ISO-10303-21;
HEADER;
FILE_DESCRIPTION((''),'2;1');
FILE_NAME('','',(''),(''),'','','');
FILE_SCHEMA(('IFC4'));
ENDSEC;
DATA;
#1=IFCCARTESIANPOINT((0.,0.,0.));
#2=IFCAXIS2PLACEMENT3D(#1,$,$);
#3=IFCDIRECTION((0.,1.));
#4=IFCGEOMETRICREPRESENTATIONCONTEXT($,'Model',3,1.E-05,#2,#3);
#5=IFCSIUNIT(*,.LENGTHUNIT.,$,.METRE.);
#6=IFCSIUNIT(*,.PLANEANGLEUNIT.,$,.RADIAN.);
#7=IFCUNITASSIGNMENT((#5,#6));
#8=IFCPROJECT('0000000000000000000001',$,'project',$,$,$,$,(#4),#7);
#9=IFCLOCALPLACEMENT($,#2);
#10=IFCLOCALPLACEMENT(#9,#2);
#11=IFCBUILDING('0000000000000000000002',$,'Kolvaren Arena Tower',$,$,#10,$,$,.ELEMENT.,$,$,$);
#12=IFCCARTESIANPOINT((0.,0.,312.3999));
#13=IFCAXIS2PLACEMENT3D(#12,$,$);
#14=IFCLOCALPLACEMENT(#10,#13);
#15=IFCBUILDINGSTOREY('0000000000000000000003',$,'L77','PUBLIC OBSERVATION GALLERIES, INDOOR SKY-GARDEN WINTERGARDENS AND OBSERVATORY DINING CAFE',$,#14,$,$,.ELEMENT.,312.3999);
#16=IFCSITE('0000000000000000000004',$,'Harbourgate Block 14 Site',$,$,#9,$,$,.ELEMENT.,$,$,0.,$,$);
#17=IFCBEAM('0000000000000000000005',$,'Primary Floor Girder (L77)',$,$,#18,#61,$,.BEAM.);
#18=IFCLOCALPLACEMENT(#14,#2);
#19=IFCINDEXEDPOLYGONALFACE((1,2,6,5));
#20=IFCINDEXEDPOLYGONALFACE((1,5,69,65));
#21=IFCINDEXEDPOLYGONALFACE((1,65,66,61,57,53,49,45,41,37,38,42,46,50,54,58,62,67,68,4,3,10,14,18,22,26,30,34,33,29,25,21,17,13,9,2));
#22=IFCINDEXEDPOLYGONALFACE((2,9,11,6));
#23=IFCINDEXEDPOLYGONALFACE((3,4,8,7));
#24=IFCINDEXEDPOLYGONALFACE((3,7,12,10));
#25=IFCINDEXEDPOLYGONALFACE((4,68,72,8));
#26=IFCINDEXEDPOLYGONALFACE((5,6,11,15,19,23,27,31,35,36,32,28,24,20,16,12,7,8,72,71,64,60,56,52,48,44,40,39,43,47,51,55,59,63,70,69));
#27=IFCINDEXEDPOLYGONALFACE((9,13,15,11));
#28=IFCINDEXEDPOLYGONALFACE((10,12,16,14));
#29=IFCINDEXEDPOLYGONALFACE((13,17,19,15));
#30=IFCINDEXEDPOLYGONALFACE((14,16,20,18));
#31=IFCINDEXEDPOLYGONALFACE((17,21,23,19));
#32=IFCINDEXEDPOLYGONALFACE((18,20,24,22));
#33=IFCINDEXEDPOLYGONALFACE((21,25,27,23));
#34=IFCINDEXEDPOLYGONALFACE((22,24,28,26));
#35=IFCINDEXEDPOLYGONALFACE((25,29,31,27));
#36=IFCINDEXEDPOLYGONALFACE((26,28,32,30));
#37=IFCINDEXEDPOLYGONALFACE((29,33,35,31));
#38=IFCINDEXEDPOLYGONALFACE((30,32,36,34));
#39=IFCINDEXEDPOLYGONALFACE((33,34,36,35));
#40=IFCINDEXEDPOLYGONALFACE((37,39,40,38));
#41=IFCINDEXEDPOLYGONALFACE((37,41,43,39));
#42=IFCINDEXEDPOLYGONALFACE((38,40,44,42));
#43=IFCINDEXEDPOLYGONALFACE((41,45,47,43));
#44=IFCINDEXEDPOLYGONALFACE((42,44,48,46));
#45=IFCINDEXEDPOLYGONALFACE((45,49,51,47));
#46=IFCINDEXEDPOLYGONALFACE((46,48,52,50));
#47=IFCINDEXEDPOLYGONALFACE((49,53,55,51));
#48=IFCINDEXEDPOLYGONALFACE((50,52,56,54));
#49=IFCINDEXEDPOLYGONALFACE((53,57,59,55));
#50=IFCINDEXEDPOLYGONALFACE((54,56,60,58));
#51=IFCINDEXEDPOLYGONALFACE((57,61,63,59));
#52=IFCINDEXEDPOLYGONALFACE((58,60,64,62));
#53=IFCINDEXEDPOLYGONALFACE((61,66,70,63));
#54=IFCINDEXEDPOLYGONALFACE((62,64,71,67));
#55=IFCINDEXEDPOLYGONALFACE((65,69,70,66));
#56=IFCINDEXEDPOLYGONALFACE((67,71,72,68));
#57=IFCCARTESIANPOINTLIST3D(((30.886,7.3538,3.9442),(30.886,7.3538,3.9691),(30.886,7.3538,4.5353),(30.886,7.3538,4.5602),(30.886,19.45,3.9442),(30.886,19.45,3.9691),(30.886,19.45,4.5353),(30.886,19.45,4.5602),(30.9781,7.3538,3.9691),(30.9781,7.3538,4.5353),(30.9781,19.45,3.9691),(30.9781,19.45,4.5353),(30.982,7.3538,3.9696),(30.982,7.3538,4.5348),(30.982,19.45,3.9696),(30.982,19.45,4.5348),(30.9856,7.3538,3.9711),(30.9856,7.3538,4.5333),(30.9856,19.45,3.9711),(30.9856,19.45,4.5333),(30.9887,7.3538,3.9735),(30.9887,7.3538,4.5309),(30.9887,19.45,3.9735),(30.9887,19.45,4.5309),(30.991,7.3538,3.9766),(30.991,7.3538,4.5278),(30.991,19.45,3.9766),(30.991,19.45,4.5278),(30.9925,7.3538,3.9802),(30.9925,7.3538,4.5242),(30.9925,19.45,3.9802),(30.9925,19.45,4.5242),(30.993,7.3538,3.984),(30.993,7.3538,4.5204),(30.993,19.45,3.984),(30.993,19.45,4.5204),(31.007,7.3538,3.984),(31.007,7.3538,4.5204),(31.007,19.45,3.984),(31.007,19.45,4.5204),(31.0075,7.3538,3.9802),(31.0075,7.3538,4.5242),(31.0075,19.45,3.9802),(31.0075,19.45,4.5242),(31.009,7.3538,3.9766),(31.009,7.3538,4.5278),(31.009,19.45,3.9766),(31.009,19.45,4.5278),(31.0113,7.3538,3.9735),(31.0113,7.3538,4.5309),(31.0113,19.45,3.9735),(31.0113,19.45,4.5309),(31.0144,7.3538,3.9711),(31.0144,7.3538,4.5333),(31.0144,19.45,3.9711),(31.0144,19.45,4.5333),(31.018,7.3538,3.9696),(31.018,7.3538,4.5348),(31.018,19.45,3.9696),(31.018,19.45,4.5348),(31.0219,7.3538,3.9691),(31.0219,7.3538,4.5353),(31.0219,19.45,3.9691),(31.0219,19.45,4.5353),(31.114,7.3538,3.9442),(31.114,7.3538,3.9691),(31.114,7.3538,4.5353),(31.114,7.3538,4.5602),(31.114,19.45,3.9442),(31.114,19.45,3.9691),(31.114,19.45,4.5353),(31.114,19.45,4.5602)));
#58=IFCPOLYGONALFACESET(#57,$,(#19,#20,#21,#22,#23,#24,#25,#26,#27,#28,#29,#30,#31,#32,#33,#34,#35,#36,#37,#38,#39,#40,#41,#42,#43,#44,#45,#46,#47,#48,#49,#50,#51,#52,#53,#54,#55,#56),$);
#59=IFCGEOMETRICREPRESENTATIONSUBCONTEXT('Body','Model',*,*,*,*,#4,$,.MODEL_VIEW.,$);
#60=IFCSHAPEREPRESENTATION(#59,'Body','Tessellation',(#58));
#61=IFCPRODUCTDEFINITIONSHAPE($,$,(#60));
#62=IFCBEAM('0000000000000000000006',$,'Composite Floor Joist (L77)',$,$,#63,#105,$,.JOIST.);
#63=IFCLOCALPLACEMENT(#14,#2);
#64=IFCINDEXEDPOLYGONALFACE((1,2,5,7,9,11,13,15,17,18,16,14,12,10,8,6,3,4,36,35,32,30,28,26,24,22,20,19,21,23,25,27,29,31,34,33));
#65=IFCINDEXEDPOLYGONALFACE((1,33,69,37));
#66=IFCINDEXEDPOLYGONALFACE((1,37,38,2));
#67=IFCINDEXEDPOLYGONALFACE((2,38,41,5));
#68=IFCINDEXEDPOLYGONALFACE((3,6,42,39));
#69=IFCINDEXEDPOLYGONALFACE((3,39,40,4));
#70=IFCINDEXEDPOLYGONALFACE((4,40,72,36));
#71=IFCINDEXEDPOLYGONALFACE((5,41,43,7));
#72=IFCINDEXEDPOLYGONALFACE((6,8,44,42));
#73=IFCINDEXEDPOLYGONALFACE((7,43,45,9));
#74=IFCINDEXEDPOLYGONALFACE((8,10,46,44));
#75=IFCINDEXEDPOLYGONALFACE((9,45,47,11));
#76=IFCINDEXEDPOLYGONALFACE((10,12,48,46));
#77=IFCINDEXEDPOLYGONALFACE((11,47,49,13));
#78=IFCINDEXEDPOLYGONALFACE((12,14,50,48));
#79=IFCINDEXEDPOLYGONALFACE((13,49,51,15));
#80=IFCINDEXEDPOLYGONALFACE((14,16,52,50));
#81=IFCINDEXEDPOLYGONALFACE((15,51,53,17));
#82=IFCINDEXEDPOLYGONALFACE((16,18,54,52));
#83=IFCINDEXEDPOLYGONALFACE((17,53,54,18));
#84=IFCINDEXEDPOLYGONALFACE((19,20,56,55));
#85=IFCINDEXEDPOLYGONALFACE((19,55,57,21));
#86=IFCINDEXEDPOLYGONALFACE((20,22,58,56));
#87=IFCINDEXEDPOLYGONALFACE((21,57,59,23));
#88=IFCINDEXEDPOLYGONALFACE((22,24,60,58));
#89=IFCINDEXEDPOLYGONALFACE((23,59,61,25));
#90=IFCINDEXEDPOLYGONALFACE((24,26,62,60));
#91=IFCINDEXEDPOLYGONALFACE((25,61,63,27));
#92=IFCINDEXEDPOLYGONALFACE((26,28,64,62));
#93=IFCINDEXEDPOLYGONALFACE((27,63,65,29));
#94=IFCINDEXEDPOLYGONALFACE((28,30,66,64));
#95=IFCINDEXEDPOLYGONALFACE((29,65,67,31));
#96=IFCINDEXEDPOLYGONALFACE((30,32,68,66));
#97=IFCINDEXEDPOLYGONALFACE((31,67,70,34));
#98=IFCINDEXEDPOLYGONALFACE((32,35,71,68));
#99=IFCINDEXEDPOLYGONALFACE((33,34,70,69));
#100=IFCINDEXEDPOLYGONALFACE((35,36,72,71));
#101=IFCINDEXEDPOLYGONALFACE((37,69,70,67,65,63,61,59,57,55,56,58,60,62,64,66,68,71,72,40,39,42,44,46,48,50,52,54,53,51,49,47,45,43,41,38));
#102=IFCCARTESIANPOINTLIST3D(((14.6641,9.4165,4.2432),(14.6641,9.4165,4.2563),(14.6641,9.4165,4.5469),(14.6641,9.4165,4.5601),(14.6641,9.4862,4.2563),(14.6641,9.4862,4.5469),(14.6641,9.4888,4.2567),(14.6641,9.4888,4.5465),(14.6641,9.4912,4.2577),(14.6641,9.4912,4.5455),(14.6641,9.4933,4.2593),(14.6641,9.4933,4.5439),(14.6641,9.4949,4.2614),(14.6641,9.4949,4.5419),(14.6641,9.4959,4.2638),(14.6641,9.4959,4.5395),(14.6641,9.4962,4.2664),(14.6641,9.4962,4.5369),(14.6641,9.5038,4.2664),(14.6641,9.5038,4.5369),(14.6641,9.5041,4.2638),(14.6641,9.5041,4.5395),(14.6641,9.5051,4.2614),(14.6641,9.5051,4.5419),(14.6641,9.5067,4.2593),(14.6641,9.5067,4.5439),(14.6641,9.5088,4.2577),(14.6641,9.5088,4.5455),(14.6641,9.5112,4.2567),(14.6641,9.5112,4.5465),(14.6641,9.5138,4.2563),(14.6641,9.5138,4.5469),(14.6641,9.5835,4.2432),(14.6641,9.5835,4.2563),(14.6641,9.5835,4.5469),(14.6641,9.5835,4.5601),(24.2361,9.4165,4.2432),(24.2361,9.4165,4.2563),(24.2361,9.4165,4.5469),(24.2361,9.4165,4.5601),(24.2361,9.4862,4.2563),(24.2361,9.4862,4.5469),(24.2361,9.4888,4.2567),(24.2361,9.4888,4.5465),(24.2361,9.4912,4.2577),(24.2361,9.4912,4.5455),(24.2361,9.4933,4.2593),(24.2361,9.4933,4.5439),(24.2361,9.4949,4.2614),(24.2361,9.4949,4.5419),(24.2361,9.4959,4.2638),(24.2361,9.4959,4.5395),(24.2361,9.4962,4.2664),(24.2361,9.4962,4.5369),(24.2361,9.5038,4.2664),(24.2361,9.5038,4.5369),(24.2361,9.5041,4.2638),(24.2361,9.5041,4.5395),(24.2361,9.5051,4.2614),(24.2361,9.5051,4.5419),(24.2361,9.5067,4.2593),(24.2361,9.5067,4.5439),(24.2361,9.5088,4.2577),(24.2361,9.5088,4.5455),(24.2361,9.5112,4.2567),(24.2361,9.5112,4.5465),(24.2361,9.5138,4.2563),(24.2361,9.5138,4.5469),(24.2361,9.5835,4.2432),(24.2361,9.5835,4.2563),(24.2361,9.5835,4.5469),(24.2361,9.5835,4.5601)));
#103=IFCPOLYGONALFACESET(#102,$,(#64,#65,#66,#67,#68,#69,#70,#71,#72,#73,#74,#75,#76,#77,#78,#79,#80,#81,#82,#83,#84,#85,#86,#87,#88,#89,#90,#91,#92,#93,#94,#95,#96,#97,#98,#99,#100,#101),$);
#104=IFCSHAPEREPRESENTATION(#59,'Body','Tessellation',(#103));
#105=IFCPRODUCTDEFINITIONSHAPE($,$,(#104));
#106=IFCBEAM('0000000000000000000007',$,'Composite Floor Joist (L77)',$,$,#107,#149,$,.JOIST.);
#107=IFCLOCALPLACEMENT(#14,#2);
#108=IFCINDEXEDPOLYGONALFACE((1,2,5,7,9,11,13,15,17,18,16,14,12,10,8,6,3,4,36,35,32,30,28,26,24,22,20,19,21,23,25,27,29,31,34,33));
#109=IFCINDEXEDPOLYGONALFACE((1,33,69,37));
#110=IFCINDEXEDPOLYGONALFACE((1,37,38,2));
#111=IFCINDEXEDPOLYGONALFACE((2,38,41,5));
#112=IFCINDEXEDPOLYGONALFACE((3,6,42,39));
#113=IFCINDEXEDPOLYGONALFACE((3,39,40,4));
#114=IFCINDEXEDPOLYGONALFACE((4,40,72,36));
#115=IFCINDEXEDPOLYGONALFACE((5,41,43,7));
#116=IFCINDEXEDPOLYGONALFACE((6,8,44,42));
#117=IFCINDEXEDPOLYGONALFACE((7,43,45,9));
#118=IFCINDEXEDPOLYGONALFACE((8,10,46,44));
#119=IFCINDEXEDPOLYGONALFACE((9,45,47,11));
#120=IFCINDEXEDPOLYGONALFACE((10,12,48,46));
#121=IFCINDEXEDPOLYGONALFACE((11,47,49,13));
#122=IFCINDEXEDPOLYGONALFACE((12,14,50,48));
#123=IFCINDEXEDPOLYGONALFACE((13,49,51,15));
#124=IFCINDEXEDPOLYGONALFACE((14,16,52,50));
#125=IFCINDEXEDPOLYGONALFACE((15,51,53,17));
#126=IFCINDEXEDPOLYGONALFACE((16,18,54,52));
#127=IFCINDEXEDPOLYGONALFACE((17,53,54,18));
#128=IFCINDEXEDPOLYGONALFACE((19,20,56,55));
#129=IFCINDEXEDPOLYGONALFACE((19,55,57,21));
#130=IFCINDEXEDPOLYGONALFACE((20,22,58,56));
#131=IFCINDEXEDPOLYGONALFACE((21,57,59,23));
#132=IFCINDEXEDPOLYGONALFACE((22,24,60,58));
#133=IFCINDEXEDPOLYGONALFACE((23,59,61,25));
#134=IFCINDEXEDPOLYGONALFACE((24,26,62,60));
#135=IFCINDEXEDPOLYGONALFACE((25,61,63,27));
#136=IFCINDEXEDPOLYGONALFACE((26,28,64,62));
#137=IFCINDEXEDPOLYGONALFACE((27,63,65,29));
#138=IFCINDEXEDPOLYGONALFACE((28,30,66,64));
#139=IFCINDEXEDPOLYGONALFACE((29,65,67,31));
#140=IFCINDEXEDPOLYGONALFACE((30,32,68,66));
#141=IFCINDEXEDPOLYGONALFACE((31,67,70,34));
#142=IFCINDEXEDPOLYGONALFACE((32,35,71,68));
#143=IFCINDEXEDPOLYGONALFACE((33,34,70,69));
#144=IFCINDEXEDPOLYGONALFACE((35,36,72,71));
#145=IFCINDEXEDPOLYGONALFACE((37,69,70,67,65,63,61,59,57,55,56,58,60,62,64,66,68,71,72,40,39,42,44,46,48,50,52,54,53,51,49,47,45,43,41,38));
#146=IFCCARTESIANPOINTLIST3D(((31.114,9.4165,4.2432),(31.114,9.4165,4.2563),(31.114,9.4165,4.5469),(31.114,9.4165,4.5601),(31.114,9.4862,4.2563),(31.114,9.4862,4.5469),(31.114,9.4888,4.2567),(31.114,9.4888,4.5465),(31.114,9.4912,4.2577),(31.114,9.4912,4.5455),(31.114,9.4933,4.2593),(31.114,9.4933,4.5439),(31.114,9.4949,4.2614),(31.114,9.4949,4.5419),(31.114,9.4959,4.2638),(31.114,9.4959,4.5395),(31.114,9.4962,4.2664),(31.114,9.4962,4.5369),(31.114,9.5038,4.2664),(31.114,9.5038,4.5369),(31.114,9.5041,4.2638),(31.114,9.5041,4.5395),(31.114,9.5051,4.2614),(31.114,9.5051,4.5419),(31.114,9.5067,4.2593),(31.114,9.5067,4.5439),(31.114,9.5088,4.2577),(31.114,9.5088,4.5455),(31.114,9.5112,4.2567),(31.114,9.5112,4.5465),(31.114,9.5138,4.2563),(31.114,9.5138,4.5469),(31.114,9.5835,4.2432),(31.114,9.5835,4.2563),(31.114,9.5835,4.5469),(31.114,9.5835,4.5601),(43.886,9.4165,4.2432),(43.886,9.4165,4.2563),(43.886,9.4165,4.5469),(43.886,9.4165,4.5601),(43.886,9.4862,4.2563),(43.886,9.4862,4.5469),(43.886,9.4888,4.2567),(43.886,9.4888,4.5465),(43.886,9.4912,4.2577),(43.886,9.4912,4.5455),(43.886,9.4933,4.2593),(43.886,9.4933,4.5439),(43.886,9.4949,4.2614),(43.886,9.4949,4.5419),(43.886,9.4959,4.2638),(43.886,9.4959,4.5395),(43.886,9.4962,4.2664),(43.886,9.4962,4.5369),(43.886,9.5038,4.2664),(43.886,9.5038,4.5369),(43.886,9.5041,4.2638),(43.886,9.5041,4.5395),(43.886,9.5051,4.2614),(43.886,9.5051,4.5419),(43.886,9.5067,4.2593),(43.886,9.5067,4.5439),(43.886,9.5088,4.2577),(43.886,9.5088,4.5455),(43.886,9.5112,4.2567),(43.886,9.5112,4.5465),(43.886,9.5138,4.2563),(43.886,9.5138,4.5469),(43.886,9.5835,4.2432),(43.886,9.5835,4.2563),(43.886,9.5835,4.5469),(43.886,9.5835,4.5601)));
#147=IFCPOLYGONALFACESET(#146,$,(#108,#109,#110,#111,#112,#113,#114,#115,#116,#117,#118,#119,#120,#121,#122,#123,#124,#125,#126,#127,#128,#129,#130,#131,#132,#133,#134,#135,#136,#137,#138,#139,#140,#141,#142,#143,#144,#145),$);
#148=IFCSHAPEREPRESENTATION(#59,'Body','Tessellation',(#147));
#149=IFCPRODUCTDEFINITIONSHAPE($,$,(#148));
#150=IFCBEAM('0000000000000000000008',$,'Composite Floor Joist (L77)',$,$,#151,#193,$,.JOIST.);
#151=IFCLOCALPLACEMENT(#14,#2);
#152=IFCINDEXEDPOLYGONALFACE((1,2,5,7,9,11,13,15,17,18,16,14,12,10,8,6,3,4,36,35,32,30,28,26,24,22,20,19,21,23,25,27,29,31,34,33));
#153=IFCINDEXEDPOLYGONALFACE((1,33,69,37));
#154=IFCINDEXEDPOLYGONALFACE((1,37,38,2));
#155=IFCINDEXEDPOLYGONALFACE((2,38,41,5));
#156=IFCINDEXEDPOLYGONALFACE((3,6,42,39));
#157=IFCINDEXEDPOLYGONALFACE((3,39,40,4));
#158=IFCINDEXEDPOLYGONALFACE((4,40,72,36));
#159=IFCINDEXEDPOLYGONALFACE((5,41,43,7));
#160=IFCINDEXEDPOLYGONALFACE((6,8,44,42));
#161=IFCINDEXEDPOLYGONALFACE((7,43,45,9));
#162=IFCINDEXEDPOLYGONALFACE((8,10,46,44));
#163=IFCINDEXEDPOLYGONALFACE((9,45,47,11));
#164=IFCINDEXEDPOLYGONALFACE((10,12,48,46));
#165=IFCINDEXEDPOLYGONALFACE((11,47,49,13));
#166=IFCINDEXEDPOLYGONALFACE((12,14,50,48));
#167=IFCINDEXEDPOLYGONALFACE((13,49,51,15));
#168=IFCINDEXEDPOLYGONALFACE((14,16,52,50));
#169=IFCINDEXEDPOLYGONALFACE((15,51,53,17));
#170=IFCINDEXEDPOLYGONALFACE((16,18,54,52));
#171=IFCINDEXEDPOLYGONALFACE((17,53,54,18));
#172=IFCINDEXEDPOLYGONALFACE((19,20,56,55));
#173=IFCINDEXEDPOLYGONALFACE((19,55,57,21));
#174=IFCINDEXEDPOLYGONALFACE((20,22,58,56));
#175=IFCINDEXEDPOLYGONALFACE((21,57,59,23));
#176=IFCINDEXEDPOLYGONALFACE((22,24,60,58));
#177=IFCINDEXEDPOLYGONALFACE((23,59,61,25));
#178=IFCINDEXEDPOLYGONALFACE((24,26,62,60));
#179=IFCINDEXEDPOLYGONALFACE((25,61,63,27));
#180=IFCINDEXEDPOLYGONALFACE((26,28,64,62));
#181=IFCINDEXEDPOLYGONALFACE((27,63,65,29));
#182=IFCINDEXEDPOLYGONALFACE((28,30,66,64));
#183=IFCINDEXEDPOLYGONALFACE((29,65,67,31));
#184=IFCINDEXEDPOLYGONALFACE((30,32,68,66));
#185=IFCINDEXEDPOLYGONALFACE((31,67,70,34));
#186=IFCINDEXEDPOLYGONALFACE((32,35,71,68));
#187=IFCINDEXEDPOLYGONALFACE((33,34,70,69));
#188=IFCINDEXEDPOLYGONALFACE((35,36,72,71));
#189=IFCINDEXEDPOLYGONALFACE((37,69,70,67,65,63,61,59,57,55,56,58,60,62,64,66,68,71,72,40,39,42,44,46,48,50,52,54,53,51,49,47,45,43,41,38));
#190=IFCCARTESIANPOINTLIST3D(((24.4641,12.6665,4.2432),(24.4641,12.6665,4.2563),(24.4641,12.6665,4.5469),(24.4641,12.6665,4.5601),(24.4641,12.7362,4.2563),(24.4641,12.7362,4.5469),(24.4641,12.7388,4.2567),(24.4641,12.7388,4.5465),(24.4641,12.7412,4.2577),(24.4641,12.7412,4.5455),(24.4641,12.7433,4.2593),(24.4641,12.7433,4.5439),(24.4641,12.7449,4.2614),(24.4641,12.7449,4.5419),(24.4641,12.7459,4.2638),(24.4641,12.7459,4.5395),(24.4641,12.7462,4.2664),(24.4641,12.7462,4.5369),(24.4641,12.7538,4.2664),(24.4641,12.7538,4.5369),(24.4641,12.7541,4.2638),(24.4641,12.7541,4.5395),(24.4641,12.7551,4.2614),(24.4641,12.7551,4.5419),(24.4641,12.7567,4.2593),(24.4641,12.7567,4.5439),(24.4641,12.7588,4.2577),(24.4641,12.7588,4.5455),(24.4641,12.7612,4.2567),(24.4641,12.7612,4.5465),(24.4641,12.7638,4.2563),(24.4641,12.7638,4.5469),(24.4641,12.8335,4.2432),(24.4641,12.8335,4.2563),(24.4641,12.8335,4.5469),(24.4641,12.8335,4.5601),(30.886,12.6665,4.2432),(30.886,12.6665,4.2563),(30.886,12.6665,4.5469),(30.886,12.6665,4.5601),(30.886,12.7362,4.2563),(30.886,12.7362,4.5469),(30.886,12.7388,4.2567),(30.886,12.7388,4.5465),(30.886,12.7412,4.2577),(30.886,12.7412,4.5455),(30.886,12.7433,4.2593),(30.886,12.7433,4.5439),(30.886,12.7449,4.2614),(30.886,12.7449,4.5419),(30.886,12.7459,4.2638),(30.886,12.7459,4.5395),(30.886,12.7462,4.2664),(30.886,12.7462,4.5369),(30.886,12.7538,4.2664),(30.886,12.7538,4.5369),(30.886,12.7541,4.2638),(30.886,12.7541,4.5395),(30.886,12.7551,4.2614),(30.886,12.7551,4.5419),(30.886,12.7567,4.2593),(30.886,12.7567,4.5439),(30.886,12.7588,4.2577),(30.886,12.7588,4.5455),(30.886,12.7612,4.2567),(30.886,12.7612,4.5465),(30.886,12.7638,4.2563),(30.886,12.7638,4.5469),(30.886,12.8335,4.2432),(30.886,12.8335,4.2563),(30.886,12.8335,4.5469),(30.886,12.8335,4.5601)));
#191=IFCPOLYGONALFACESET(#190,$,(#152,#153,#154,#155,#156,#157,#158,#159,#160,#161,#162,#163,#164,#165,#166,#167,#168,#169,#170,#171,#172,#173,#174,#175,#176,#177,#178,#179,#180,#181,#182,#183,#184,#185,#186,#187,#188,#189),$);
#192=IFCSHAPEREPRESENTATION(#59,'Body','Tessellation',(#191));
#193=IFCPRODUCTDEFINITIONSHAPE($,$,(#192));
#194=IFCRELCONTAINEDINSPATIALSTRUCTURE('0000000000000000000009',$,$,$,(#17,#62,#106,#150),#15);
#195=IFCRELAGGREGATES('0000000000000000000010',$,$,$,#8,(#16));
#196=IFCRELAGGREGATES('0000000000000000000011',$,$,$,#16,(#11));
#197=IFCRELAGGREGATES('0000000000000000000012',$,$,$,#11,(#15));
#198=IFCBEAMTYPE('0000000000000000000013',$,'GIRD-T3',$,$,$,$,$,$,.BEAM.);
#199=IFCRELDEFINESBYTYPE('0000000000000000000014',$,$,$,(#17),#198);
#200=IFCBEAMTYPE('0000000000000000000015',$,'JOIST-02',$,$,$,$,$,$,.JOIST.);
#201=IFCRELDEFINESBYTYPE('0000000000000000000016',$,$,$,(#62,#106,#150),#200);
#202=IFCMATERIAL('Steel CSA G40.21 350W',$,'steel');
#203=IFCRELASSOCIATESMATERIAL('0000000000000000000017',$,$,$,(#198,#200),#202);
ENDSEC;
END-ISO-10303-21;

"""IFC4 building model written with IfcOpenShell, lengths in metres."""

from ifc_helpers import new_model, si_unit, direction, frame, origin, origin_2d, place, context, subcontext, project, spatial, i_section, extrude, material, material_profile, profile_set, type_object, element, save


model = new_model("IFC4")

# Units and contexts
model_context = context("Model", 3, precision=1e-05, world=origin(), true_north=direction((0.0, 1.0)))
body_context = subcontext(model_context, "Body", "Model", "MODEL_VIEW")
ifc_project = project(units=[si_unit("LENGTHUNIT", "METRE"), si_unit("PLANEANGLEUNIT", "RADIAN")], contexts=[model_context])

# Site, building, storey
site_placement = place(None, origin())
site = spatial("IfcSite", under=ifc_project, at=site_placement, Name="Harbourgate Block 14 Site", CompositionType="ELEMENT", RefElevation=0.0)
building_placement = place(site_placement, origin())
building = spatial("IfcBuilding", under=site, at=building_placement, Name="Kolvaren Arena Tower", CompositionType="ELEMENT")
storey_placement = place(building_placement, frame((0.0, 0.0, 312.3999)))
storey = spatial("IfcBuildingStorey", under=building, at=storey_placement, Name="L77", Description="PUBLIC OBSERVATION GALLERIES, INDOOR SKY-GARDEN WINTERGARDENS AND OBSERVATORY DINING CAFE", CompositionType="ELEMENT", Elevation=312.3999)

# Beams
ifc_material_1 = material(Name="Steel CSA G40.21 350W", Category="steel")
ifc_material_profile_1 = material_profile(ifc_material_1, i_section(OverallWidth=0.228, OverallDepth=0.616, WebThickness=0.0139, FlangeThickness=0.0249, FilletRadius=0.0149, at=origin_2d()), Name="W610x174")
ifc_profile_set_1 = profile_set([ifc_material_profile_1], Name="Steel CSA G40.21 350W")
beam_type_1 = type_object("IfcBeamType", Name="GIRD-T3", PredefinedType="BEAM", material=ifc_profile_set_1)
beam_1_placement = place(storey_placement, frame((31.0, 7.3538, 4.2522), z_axis=(0.0, 1.0, 0.0), x_axis=(-1.0, 0.0, 0.0)))
element("IfcBeam", 1, at=beam_1_placement, inside=storey, type_object=beam_type_1, Name="Primary Floor Girder (L77)", PredefinedType="BEAM", context=body_context, shape_type="SweptSolid", body=[
    extrude(i_section(OverallWidth=0.228, OverallDepth=0.616, WebThickness=0.0139, FlangeThickness=0.0249, FilletRadius=0.0149, at=origin_2d()), origin(), (0.0, 0.0, 1.0), 12.0962),
])
ifc_material_profile_2 = material_profile(ifc_material_1, i_section(OverallWidth=0.167, OverallDepth=0.3169, WebThickness=0.0076, FlangeThickness=0.0132, FilletRadius=0.01, at=origin_2d()), Name="W310x52")
ifc_profile_set_2 = profile_set([ifc_material_profile_2], Name="Steel CSA G40.21 350W")
beam_type_2 = type_object("IfcBeamType", Name="JOIST-02", PredefinedType="JOIST", material=ifc_profile_set_2)
beam_2_placement = place(storey_placement, frame((14.6641, 9.5, 4.4016), z_axis=(1.0, 0.0, 0.0), x_axis=(0.0, 1.0, 0.0)))
element("IfcBeam", 2, at=beam_2_placement, inside=storey, type_object=beam_type_2, Name="Composite Floor Joist (L77)", PredefinedType="JOIST", context=body_context, shape_type="SweptSolid", body=[
    extrude(i_section(OverallWidth=0.167, OverallDepth=0.3169, WebThickness=0.0076, FlangeThickness=0.0132, FilletRadius=0.01, at=origin_2d()), origin(), (0.0, 0.0, 1.0), 9.572),
])
beam_3_placement = place(storey_placement, frame((31.114, 9.5, 4.4016), z_axis=(1.0, 0.0, 0.0), x_axis=(0.0, 1.0, 0.0)))
element("IfcBeam", 3, at=beam_3_placement, inside=storey, type_object=beam_type_2, Name="Composite Floor Joist (L77)", PredefinedType="JOIST", context=body_context, shape_type="SweptSolid", body=[
    extrude(i_section(OverallWidth=0.167, OverallDepth=0.3169, WebThickness=0.0076, FlangeThickness=0.0132, FilletRadius=0.01, at=origin_2d()), origin(), (0.0, 0.0, 1.0), 12.772),
])
beam_4_placement = place(storey_placement, frame((24.4641, 12.75, 4.4016), z_axis=(1.0, 0.0, 0.0), x_axis=(0.0, 1.0, 0.0)))
element("IfcBeam", 4, at=beam_4_placement, inside=storey, type_object=beam_type_2, Name="Composite Floor Joist (L77)", PredefinedType="JOIST", context=body_context, shape_type="SweptSolid", body=[
    extrude(i_section(OverallWidth=0.167, OverallDepth=0.3169, WebThickness=0.0076, FlangeThickness=0.0132, FilletRadius=0.01, at=origin_2d()), origin(), (0.0, 0.0, 1.0), 6.4219),
])

save(model, "model.ifc")
